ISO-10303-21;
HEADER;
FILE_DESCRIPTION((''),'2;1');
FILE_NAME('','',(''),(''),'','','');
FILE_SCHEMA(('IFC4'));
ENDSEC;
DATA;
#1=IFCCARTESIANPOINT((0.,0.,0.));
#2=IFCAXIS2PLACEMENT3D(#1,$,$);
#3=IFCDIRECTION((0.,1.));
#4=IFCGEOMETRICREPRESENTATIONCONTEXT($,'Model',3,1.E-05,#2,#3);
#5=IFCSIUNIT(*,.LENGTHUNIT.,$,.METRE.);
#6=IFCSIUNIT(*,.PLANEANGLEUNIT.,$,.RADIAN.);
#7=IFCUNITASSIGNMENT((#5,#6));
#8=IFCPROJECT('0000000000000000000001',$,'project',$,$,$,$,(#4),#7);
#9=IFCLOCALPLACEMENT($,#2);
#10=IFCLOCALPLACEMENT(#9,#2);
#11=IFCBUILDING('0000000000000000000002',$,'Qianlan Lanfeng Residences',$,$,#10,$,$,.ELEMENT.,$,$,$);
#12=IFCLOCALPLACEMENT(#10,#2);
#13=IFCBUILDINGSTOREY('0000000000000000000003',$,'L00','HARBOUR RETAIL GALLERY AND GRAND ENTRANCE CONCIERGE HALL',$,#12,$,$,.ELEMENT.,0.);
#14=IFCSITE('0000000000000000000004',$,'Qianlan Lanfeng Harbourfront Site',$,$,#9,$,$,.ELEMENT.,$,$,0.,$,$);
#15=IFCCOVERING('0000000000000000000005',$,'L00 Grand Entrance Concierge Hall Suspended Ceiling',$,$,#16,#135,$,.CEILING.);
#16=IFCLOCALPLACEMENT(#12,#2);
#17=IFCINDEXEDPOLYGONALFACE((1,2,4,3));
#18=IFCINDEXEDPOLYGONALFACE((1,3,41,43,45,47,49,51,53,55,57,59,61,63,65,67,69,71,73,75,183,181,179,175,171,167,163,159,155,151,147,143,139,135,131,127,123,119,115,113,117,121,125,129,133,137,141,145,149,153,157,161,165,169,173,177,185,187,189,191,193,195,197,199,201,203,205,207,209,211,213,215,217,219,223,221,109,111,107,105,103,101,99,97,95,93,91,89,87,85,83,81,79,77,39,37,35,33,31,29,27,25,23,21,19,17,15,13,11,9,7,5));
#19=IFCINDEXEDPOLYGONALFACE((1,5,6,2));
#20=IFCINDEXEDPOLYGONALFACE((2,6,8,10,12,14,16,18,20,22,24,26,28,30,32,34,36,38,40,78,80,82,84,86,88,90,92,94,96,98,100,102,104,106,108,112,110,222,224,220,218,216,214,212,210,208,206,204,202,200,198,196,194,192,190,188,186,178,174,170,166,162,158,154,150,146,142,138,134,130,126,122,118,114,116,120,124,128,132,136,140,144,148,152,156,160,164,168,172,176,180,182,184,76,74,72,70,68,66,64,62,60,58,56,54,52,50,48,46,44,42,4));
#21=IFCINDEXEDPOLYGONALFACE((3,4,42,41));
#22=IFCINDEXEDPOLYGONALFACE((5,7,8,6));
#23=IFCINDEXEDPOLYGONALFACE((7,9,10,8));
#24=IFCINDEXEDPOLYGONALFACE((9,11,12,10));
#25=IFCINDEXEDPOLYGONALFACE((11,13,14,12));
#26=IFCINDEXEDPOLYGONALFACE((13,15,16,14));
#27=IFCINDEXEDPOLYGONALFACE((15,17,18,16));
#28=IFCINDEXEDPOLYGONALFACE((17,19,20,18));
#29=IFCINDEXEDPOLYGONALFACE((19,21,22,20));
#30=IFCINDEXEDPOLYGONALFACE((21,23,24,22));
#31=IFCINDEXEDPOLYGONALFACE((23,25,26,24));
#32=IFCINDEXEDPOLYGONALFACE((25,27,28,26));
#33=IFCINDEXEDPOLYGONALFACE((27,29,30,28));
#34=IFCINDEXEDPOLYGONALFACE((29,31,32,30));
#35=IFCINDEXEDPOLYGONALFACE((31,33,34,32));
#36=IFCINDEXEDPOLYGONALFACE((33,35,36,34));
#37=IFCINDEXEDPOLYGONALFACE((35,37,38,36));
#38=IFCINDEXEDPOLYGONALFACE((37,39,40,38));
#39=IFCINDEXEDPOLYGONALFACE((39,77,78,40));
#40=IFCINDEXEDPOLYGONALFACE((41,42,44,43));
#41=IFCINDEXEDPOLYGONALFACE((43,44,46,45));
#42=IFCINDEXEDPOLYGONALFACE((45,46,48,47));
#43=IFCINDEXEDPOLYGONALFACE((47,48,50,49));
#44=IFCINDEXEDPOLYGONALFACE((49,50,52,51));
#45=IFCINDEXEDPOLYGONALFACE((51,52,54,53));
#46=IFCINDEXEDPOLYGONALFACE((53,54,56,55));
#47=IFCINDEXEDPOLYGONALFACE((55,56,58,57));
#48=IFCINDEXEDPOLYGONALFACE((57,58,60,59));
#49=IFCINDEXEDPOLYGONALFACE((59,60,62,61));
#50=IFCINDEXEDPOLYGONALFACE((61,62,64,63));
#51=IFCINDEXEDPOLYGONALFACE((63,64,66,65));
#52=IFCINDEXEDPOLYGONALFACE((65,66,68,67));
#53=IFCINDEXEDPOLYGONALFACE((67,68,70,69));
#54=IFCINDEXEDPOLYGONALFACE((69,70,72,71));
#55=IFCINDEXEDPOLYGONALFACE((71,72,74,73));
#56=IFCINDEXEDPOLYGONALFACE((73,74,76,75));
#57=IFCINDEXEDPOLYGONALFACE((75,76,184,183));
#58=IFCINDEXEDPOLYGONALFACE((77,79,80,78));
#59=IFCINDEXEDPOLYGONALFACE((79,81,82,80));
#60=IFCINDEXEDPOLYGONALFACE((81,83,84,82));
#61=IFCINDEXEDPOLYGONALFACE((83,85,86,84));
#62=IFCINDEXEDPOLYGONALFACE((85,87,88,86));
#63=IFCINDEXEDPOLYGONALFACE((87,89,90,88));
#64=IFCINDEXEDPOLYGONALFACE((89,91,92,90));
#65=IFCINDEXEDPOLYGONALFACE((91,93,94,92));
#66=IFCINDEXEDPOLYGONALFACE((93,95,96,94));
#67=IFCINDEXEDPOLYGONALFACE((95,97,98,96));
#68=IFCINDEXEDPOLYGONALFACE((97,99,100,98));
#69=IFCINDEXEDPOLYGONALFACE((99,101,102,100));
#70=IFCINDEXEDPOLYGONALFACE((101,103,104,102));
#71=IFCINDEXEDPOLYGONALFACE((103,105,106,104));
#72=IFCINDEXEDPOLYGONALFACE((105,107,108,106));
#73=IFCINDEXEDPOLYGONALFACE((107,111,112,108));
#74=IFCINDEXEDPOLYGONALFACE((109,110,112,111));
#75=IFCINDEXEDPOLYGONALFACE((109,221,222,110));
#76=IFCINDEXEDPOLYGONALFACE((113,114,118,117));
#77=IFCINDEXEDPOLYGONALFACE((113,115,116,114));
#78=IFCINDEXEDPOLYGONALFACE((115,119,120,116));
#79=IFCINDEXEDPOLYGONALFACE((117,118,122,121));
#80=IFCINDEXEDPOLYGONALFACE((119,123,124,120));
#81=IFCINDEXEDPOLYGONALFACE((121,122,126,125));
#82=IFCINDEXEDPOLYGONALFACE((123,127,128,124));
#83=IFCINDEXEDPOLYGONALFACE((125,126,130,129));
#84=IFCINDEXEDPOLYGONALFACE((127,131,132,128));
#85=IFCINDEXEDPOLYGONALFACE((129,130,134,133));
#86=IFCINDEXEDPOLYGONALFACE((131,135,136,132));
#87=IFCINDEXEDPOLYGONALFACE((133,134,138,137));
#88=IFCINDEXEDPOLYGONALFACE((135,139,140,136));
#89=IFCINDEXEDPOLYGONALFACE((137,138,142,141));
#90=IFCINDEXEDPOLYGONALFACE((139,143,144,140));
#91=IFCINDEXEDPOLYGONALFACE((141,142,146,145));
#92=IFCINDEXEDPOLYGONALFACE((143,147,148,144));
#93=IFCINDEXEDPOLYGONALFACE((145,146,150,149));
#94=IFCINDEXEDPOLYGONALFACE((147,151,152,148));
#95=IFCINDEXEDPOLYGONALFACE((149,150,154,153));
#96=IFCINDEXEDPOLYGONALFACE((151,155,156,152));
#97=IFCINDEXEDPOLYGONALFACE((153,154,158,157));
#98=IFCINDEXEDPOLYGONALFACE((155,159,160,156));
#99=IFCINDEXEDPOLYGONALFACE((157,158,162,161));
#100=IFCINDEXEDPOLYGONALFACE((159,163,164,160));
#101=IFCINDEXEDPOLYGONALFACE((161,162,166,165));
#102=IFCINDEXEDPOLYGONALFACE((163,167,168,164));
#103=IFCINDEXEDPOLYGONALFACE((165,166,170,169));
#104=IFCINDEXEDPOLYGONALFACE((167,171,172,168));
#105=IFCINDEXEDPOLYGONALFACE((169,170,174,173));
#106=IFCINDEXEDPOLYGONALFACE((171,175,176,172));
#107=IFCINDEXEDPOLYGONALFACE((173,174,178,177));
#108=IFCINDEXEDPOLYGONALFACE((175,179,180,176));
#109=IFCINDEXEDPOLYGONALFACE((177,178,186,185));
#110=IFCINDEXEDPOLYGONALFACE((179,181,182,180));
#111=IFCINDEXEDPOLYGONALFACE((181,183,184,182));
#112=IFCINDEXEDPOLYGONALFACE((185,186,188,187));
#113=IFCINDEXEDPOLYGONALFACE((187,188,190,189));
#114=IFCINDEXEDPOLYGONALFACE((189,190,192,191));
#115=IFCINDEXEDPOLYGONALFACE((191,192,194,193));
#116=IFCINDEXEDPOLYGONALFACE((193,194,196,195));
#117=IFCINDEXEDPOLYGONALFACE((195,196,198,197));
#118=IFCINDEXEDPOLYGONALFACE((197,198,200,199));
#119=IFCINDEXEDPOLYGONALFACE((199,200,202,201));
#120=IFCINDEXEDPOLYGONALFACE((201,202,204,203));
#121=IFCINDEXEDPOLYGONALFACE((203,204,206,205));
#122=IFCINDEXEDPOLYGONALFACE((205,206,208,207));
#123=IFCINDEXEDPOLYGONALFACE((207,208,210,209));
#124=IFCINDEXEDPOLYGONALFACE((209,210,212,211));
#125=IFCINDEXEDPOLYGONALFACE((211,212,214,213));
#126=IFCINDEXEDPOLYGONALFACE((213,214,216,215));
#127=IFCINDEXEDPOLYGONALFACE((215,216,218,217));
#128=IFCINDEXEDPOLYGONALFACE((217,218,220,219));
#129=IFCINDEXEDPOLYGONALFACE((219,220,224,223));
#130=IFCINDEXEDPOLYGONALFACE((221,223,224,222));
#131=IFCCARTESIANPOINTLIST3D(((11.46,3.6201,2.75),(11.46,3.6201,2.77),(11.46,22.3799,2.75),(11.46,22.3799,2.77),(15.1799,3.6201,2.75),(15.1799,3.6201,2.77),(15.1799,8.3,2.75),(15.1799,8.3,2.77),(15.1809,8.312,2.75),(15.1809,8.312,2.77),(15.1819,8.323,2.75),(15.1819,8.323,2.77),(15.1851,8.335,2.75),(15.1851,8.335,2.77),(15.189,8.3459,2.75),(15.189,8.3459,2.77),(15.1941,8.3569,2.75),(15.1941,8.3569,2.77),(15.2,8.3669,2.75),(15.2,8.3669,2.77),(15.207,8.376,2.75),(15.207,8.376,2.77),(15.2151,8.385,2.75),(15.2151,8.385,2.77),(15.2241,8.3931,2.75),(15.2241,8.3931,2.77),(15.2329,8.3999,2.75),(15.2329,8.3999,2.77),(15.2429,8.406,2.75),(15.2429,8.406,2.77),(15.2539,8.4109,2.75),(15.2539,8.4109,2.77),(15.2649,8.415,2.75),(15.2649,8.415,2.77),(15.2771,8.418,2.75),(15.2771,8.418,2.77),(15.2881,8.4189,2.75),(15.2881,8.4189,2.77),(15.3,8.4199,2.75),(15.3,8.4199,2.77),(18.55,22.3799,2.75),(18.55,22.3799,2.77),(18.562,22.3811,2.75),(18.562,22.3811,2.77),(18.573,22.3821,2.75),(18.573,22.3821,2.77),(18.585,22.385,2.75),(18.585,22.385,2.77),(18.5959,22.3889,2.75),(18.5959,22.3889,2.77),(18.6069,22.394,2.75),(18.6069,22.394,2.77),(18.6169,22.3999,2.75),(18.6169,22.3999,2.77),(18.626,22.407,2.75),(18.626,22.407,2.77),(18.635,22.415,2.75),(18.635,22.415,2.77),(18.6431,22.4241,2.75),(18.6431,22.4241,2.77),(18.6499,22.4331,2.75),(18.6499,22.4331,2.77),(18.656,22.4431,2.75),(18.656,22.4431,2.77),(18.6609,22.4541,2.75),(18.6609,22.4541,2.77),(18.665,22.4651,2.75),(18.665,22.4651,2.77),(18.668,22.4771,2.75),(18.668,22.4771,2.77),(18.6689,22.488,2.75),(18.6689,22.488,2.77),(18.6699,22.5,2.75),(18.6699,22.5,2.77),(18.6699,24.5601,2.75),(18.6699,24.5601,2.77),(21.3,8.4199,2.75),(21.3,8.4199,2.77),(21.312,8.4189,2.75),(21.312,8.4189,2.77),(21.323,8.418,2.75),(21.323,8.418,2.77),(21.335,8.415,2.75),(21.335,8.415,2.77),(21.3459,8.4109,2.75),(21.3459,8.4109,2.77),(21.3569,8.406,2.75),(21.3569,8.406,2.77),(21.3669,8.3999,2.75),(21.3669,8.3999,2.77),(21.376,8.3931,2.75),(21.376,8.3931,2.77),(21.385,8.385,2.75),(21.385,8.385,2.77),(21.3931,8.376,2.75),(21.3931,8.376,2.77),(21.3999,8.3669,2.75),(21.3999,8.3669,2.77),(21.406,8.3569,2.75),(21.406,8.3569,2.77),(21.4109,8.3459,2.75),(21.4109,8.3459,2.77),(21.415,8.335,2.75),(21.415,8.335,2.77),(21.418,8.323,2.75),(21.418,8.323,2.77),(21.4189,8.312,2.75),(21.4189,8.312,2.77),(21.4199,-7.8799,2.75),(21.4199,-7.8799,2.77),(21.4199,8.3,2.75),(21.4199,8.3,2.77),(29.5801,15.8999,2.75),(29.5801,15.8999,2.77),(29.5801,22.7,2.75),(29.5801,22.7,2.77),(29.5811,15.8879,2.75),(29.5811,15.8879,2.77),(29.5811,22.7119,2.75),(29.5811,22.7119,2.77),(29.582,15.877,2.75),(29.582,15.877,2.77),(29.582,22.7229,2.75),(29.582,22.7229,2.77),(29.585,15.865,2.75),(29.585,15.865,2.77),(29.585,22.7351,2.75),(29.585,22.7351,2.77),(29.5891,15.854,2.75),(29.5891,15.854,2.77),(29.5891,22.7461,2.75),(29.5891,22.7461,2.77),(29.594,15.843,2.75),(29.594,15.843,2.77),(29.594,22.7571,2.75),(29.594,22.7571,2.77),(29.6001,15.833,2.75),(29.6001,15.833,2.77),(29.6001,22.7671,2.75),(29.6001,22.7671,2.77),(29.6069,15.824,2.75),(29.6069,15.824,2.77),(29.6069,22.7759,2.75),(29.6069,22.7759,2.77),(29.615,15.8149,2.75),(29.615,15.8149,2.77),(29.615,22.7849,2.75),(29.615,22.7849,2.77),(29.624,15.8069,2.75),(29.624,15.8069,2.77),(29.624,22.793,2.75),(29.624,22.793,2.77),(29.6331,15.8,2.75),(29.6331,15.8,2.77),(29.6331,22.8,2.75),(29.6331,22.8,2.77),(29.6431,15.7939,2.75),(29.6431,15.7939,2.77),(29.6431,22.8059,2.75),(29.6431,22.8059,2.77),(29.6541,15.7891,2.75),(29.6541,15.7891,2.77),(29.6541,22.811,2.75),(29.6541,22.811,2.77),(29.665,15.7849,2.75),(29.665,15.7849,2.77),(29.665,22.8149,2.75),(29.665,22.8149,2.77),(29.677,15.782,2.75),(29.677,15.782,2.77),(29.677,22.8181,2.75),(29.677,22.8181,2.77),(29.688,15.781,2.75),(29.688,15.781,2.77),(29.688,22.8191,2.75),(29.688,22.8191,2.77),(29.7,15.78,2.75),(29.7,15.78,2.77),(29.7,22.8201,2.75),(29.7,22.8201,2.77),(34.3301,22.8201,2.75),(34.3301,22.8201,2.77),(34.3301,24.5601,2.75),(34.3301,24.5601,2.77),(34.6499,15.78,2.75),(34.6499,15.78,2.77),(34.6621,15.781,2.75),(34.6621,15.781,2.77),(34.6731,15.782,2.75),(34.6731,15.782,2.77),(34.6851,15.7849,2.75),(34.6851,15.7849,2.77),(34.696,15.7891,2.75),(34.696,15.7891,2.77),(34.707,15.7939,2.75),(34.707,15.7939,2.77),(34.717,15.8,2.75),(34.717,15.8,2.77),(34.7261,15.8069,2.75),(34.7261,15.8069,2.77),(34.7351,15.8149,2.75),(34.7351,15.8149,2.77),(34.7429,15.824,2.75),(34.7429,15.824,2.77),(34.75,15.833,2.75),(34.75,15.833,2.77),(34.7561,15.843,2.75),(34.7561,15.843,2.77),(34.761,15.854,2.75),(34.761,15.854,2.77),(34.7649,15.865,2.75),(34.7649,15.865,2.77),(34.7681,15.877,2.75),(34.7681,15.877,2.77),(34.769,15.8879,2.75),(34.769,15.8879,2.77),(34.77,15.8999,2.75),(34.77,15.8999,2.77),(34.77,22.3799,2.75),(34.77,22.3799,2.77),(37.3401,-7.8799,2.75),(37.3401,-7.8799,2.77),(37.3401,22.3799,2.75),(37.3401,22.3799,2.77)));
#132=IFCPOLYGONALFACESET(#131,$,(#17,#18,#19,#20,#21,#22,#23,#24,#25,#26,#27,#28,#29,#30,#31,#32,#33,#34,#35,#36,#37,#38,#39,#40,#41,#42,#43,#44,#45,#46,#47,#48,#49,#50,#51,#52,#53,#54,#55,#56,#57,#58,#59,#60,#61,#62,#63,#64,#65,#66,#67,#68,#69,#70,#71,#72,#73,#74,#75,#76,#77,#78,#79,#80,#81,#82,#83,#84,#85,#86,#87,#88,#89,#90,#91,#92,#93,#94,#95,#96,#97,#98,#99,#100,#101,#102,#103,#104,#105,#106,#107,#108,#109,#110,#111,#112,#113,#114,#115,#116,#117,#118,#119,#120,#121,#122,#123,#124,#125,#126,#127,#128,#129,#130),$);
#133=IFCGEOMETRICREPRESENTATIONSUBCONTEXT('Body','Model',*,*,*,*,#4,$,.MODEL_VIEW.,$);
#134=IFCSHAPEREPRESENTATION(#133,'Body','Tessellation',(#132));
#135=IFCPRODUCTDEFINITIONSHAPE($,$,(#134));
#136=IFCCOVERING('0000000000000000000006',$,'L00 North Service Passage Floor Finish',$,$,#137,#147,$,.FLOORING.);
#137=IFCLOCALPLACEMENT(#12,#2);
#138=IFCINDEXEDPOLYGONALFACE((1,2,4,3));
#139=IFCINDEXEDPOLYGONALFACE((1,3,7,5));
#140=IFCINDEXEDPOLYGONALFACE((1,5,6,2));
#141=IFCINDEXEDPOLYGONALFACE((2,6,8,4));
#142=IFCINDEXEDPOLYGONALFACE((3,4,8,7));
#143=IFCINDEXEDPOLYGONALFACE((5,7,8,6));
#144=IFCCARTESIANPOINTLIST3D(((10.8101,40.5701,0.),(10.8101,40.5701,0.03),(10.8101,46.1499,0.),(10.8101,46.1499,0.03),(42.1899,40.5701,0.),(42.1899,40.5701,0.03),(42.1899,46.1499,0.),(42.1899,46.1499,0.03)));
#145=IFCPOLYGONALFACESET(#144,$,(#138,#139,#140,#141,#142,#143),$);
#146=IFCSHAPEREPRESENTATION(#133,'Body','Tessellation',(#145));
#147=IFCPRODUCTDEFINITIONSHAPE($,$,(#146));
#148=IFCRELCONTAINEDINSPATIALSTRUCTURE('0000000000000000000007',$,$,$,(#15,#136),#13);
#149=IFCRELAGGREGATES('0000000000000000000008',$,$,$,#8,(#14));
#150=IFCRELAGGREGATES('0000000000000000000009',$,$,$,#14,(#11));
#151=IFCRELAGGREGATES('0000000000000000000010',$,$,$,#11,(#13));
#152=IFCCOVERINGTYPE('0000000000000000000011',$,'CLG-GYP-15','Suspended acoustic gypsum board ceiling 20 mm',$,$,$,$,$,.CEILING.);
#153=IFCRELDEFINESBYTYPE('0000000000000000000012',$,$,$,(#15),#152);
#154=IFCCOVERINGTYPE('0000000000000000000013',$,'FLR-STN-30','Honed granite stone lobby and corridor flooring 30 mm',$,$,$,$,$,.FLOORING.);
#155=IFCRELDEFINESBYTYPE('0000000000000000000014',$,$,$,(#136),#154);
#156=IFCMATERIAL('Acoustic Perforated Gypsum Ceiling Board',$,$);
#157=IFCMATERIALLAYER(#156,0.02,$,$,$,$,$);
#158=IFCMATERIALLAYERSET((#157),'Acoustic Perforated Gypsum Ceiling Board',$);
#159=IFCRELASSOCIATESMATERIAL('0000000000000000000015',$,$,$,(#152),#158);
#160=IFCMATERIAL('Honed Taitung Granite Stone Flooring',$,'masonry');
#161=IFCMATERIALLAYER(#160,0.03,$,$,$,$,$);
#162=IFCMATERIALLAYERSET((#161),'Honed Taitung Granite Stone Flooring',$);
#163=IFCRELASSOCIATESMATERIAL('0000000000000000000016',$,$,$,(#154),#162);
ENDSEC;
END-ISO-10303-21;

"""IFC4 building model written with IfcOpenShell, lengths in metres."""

from ifc_helpers import new_model, si_unit, direction, frame, origin, place, context, subcontext, project, spatial, polyline, outline, extrude, material, layer, layer_set, type_object, element, save


model = new_model("IFC4")

# Units and contexts
model_context = context("Model", 3, precision=1e-05, world=origin(), true_north=direction((0.0, 1.0)))
body_context = subcontext(model_context, "Body", "Model", "MODEL_VIEW")
ifc_project = project(units=[si_unit("LENGTHUNIT", "METRE"), si_unit("PLANEANGLEUNIT", "RADIAN")], contexts=[model_context])

# Site, building, storey
site_placement = place(None, origin())
site = spatial("IfcSite", under=ifc_project, at=site_placement, Name="Qianlan Lanfeng Harbourfront Site", CompositionType="ELEMENT", RefElevation=0.0)
building_placement = place(site_placement, origin())
building = spatial("IfcBuilding", under=site, at=building_placement, Name="Qianlan Lanfeng Residences", CompositionType="ELEMENT")
storey_placement = place(building_placement, origin())
storey = spatial("IfcBuildingStorey", under=building, at=storey_placement, Name="L00", Description="HARBOUR RETAIL GALLERY AND GRAND ENTRANCE CONCIERGE HALL", CompositionType="ELEMENT", Elevation=0.0)

# Coverings
ifc_material_1 = material(Name="Acoustic Perforated Gypsum Ceiling Board")
ifc_layer_1 = layer(ifc_material_1, 0.02)
ifc_layer_set_1 = layer_set([ifc_layer_1], Name="Acoustic Perforated Gypsum Ceiling Board")
covering_type_1 = type_object("IfcCoveringType", Name="CLG-GYP-15", Description="Suspended acoustic gypsum board ceiling 20 mm", PredefinedType="CEILING", material=ifc_layer_set_1)
covering_1_placement = place(storey_placement, frame((0.0, 0.0, 2.75)))
element("IfcCovering", 1, at=covering_1_placement, inside=storey, type_object=covering_type_1, Name="L00 Grand Entrance Concierge Hall Suspended Ceiling", PredefinedType="CEILING", context=body_context, shape_type="SweptSolid", body=[
    extrude(outline(polyline([(37.3401, -7.8799), (37.3401, 22.3799), (34.77, 22.3799), (34.77, 15.8999), (34.769, 15.8879), (34.7681, 15.877), (34.7649, 15.865), (34.761, 15.854), (34.7561, 15.843), (34.75, 15.833), (34.7429, 15.824), (34.7351, 15.8149), (34.7261, 15.8069), (34.717, 15.8), (34.707, 15.7939), (34.696, 15.7891), (34.6851, 15.7849), (34.6731, 15.782), (34.6621, 15.781), (34.6499, 15.78), (29.7, 15.78), (29.688, 15.781), (29.677, 15.782), (29.665, 15.7849), (29.6541, 15.7891), (29.6431, 15.7939), (29.6331, 15.8), (29.624, 15.8069), (29.615, 15.8149), (29.6069, 15.824), (29.6001, 15.833), (29.594, 15.843), (29.5891, 15.854), (29.585, 15.865), (29.582, 15.877), (29.5811, 15.8879), (29.5801, 15.8999), (29.5801, 22.7), (29.5811, 22.7119), (29.582, 22.7229), (29.585, 22.7351), (29.5891, 22.7461), (29.594, 22.7571), (29.6001, 22.7671), (29.6069, 22.7759), (29.615, 22.7849), (29.624, 22.793), (29.6331, 22.8), (29.6431, 22.8059), (29.6541, 22.811), (29.665, 22.8149), (29.677, 22.8181), (29.688, 22.8191), (29.7, 22.8201), (34.3301, 22.8201), (34.3301, 24.5601), (18.6699, 24.5601), (18.6699, 22.5), (18.6689, 22.488), (18.668, 22.4771), (18.665, 22.4651), (18.6609, 22.4541), (18.656, 22.4431), (18.6499, 22.4331), (18.6431, 22.4241), (18.635, 22.415), (18.626, 22.407), (18.6169, 22.3999), (18.6069, 22.394), (18.5959, 22.3889), (18.585, 22.385), (18.573, 22.3821), (18.562, 22.3811), (18.55, 22.3799), (11.46, 22.3799), (11.46, 3.6201), (15.1799, 3.6201), (15.1799, 8.3), (15.1809, 8.312), (15.1819, 8.323), (15.1851, 8.335), (15.189, 8.3459), (15.1941, 8.3569), (15.2, 8.3669), (15.207, 8.376), (15.2151, 8.385), (15.2241, 8.3931), (15.2329, 8.3999), (15.2429, 8.406), (15.2539, 8.4109), (15.2649, 8.415), (15.2771, 8.418), (15.2881, 8.4189), (15.3, 8.4199), (21.3, 8.4199), (21.312, 8.4189), (21.323, 8.418), (21.335, 8.415), (21.3459, 8.4109), (21.3569, 8.406), (21.3669, 8.3999), (21.376, 8.3931), (21.385, 8.385), (21.3931, 8.376), (21.3999, 8.3669), (21.406, 8.3569), (21.4109, 8.3459), (21.415, 8.335), (21.418, 8.323), (21.4189, 8.312), (21.4199, 8.3), (21.4199, -7.8799), (37.3401, -7.8799)])), origin(), (0.0, 0.0, 1.0), 0.02),
])
ifc_material_2 = material(Name="Honed Taitung Granite Stone Flooring", Category="masonry")
ifc_layer_2 = layer(ifc_material_2, 0.03)
ifc_layer_set_2 = layer_set([ifc_layer_2], Name="Honed Taitung Granite Stone Flooring")
covering_type_2 = type_object("IfcCoveringType", Name="FLR-STN-30", Description="Honed granite stone lobby and corridor flooring 30 mm", PredefinedType="FLOORING", material=ifc_layer_set_2)
covering_2_placement = place(storey_placement, origin())
element("IfcCovering", 2, at=covering_2_placement, inside=storey, type_object=covering_type_2, Name="L00 North Service Passage Floor Finish", PredefinedType="FLOORING", context=body_context, shape_type="SweptSolid", body=[
    extrude(outline(polyline([(10.8101, 40.5701), (42.1899, 40.5701), (42.1899, 46.1499), (10.8101, 46.1499), (10.8101, 40.5701)])), origin(), (0.0, 0.0, 1.0), 0.03),
])

save(model, "model.ifc")
